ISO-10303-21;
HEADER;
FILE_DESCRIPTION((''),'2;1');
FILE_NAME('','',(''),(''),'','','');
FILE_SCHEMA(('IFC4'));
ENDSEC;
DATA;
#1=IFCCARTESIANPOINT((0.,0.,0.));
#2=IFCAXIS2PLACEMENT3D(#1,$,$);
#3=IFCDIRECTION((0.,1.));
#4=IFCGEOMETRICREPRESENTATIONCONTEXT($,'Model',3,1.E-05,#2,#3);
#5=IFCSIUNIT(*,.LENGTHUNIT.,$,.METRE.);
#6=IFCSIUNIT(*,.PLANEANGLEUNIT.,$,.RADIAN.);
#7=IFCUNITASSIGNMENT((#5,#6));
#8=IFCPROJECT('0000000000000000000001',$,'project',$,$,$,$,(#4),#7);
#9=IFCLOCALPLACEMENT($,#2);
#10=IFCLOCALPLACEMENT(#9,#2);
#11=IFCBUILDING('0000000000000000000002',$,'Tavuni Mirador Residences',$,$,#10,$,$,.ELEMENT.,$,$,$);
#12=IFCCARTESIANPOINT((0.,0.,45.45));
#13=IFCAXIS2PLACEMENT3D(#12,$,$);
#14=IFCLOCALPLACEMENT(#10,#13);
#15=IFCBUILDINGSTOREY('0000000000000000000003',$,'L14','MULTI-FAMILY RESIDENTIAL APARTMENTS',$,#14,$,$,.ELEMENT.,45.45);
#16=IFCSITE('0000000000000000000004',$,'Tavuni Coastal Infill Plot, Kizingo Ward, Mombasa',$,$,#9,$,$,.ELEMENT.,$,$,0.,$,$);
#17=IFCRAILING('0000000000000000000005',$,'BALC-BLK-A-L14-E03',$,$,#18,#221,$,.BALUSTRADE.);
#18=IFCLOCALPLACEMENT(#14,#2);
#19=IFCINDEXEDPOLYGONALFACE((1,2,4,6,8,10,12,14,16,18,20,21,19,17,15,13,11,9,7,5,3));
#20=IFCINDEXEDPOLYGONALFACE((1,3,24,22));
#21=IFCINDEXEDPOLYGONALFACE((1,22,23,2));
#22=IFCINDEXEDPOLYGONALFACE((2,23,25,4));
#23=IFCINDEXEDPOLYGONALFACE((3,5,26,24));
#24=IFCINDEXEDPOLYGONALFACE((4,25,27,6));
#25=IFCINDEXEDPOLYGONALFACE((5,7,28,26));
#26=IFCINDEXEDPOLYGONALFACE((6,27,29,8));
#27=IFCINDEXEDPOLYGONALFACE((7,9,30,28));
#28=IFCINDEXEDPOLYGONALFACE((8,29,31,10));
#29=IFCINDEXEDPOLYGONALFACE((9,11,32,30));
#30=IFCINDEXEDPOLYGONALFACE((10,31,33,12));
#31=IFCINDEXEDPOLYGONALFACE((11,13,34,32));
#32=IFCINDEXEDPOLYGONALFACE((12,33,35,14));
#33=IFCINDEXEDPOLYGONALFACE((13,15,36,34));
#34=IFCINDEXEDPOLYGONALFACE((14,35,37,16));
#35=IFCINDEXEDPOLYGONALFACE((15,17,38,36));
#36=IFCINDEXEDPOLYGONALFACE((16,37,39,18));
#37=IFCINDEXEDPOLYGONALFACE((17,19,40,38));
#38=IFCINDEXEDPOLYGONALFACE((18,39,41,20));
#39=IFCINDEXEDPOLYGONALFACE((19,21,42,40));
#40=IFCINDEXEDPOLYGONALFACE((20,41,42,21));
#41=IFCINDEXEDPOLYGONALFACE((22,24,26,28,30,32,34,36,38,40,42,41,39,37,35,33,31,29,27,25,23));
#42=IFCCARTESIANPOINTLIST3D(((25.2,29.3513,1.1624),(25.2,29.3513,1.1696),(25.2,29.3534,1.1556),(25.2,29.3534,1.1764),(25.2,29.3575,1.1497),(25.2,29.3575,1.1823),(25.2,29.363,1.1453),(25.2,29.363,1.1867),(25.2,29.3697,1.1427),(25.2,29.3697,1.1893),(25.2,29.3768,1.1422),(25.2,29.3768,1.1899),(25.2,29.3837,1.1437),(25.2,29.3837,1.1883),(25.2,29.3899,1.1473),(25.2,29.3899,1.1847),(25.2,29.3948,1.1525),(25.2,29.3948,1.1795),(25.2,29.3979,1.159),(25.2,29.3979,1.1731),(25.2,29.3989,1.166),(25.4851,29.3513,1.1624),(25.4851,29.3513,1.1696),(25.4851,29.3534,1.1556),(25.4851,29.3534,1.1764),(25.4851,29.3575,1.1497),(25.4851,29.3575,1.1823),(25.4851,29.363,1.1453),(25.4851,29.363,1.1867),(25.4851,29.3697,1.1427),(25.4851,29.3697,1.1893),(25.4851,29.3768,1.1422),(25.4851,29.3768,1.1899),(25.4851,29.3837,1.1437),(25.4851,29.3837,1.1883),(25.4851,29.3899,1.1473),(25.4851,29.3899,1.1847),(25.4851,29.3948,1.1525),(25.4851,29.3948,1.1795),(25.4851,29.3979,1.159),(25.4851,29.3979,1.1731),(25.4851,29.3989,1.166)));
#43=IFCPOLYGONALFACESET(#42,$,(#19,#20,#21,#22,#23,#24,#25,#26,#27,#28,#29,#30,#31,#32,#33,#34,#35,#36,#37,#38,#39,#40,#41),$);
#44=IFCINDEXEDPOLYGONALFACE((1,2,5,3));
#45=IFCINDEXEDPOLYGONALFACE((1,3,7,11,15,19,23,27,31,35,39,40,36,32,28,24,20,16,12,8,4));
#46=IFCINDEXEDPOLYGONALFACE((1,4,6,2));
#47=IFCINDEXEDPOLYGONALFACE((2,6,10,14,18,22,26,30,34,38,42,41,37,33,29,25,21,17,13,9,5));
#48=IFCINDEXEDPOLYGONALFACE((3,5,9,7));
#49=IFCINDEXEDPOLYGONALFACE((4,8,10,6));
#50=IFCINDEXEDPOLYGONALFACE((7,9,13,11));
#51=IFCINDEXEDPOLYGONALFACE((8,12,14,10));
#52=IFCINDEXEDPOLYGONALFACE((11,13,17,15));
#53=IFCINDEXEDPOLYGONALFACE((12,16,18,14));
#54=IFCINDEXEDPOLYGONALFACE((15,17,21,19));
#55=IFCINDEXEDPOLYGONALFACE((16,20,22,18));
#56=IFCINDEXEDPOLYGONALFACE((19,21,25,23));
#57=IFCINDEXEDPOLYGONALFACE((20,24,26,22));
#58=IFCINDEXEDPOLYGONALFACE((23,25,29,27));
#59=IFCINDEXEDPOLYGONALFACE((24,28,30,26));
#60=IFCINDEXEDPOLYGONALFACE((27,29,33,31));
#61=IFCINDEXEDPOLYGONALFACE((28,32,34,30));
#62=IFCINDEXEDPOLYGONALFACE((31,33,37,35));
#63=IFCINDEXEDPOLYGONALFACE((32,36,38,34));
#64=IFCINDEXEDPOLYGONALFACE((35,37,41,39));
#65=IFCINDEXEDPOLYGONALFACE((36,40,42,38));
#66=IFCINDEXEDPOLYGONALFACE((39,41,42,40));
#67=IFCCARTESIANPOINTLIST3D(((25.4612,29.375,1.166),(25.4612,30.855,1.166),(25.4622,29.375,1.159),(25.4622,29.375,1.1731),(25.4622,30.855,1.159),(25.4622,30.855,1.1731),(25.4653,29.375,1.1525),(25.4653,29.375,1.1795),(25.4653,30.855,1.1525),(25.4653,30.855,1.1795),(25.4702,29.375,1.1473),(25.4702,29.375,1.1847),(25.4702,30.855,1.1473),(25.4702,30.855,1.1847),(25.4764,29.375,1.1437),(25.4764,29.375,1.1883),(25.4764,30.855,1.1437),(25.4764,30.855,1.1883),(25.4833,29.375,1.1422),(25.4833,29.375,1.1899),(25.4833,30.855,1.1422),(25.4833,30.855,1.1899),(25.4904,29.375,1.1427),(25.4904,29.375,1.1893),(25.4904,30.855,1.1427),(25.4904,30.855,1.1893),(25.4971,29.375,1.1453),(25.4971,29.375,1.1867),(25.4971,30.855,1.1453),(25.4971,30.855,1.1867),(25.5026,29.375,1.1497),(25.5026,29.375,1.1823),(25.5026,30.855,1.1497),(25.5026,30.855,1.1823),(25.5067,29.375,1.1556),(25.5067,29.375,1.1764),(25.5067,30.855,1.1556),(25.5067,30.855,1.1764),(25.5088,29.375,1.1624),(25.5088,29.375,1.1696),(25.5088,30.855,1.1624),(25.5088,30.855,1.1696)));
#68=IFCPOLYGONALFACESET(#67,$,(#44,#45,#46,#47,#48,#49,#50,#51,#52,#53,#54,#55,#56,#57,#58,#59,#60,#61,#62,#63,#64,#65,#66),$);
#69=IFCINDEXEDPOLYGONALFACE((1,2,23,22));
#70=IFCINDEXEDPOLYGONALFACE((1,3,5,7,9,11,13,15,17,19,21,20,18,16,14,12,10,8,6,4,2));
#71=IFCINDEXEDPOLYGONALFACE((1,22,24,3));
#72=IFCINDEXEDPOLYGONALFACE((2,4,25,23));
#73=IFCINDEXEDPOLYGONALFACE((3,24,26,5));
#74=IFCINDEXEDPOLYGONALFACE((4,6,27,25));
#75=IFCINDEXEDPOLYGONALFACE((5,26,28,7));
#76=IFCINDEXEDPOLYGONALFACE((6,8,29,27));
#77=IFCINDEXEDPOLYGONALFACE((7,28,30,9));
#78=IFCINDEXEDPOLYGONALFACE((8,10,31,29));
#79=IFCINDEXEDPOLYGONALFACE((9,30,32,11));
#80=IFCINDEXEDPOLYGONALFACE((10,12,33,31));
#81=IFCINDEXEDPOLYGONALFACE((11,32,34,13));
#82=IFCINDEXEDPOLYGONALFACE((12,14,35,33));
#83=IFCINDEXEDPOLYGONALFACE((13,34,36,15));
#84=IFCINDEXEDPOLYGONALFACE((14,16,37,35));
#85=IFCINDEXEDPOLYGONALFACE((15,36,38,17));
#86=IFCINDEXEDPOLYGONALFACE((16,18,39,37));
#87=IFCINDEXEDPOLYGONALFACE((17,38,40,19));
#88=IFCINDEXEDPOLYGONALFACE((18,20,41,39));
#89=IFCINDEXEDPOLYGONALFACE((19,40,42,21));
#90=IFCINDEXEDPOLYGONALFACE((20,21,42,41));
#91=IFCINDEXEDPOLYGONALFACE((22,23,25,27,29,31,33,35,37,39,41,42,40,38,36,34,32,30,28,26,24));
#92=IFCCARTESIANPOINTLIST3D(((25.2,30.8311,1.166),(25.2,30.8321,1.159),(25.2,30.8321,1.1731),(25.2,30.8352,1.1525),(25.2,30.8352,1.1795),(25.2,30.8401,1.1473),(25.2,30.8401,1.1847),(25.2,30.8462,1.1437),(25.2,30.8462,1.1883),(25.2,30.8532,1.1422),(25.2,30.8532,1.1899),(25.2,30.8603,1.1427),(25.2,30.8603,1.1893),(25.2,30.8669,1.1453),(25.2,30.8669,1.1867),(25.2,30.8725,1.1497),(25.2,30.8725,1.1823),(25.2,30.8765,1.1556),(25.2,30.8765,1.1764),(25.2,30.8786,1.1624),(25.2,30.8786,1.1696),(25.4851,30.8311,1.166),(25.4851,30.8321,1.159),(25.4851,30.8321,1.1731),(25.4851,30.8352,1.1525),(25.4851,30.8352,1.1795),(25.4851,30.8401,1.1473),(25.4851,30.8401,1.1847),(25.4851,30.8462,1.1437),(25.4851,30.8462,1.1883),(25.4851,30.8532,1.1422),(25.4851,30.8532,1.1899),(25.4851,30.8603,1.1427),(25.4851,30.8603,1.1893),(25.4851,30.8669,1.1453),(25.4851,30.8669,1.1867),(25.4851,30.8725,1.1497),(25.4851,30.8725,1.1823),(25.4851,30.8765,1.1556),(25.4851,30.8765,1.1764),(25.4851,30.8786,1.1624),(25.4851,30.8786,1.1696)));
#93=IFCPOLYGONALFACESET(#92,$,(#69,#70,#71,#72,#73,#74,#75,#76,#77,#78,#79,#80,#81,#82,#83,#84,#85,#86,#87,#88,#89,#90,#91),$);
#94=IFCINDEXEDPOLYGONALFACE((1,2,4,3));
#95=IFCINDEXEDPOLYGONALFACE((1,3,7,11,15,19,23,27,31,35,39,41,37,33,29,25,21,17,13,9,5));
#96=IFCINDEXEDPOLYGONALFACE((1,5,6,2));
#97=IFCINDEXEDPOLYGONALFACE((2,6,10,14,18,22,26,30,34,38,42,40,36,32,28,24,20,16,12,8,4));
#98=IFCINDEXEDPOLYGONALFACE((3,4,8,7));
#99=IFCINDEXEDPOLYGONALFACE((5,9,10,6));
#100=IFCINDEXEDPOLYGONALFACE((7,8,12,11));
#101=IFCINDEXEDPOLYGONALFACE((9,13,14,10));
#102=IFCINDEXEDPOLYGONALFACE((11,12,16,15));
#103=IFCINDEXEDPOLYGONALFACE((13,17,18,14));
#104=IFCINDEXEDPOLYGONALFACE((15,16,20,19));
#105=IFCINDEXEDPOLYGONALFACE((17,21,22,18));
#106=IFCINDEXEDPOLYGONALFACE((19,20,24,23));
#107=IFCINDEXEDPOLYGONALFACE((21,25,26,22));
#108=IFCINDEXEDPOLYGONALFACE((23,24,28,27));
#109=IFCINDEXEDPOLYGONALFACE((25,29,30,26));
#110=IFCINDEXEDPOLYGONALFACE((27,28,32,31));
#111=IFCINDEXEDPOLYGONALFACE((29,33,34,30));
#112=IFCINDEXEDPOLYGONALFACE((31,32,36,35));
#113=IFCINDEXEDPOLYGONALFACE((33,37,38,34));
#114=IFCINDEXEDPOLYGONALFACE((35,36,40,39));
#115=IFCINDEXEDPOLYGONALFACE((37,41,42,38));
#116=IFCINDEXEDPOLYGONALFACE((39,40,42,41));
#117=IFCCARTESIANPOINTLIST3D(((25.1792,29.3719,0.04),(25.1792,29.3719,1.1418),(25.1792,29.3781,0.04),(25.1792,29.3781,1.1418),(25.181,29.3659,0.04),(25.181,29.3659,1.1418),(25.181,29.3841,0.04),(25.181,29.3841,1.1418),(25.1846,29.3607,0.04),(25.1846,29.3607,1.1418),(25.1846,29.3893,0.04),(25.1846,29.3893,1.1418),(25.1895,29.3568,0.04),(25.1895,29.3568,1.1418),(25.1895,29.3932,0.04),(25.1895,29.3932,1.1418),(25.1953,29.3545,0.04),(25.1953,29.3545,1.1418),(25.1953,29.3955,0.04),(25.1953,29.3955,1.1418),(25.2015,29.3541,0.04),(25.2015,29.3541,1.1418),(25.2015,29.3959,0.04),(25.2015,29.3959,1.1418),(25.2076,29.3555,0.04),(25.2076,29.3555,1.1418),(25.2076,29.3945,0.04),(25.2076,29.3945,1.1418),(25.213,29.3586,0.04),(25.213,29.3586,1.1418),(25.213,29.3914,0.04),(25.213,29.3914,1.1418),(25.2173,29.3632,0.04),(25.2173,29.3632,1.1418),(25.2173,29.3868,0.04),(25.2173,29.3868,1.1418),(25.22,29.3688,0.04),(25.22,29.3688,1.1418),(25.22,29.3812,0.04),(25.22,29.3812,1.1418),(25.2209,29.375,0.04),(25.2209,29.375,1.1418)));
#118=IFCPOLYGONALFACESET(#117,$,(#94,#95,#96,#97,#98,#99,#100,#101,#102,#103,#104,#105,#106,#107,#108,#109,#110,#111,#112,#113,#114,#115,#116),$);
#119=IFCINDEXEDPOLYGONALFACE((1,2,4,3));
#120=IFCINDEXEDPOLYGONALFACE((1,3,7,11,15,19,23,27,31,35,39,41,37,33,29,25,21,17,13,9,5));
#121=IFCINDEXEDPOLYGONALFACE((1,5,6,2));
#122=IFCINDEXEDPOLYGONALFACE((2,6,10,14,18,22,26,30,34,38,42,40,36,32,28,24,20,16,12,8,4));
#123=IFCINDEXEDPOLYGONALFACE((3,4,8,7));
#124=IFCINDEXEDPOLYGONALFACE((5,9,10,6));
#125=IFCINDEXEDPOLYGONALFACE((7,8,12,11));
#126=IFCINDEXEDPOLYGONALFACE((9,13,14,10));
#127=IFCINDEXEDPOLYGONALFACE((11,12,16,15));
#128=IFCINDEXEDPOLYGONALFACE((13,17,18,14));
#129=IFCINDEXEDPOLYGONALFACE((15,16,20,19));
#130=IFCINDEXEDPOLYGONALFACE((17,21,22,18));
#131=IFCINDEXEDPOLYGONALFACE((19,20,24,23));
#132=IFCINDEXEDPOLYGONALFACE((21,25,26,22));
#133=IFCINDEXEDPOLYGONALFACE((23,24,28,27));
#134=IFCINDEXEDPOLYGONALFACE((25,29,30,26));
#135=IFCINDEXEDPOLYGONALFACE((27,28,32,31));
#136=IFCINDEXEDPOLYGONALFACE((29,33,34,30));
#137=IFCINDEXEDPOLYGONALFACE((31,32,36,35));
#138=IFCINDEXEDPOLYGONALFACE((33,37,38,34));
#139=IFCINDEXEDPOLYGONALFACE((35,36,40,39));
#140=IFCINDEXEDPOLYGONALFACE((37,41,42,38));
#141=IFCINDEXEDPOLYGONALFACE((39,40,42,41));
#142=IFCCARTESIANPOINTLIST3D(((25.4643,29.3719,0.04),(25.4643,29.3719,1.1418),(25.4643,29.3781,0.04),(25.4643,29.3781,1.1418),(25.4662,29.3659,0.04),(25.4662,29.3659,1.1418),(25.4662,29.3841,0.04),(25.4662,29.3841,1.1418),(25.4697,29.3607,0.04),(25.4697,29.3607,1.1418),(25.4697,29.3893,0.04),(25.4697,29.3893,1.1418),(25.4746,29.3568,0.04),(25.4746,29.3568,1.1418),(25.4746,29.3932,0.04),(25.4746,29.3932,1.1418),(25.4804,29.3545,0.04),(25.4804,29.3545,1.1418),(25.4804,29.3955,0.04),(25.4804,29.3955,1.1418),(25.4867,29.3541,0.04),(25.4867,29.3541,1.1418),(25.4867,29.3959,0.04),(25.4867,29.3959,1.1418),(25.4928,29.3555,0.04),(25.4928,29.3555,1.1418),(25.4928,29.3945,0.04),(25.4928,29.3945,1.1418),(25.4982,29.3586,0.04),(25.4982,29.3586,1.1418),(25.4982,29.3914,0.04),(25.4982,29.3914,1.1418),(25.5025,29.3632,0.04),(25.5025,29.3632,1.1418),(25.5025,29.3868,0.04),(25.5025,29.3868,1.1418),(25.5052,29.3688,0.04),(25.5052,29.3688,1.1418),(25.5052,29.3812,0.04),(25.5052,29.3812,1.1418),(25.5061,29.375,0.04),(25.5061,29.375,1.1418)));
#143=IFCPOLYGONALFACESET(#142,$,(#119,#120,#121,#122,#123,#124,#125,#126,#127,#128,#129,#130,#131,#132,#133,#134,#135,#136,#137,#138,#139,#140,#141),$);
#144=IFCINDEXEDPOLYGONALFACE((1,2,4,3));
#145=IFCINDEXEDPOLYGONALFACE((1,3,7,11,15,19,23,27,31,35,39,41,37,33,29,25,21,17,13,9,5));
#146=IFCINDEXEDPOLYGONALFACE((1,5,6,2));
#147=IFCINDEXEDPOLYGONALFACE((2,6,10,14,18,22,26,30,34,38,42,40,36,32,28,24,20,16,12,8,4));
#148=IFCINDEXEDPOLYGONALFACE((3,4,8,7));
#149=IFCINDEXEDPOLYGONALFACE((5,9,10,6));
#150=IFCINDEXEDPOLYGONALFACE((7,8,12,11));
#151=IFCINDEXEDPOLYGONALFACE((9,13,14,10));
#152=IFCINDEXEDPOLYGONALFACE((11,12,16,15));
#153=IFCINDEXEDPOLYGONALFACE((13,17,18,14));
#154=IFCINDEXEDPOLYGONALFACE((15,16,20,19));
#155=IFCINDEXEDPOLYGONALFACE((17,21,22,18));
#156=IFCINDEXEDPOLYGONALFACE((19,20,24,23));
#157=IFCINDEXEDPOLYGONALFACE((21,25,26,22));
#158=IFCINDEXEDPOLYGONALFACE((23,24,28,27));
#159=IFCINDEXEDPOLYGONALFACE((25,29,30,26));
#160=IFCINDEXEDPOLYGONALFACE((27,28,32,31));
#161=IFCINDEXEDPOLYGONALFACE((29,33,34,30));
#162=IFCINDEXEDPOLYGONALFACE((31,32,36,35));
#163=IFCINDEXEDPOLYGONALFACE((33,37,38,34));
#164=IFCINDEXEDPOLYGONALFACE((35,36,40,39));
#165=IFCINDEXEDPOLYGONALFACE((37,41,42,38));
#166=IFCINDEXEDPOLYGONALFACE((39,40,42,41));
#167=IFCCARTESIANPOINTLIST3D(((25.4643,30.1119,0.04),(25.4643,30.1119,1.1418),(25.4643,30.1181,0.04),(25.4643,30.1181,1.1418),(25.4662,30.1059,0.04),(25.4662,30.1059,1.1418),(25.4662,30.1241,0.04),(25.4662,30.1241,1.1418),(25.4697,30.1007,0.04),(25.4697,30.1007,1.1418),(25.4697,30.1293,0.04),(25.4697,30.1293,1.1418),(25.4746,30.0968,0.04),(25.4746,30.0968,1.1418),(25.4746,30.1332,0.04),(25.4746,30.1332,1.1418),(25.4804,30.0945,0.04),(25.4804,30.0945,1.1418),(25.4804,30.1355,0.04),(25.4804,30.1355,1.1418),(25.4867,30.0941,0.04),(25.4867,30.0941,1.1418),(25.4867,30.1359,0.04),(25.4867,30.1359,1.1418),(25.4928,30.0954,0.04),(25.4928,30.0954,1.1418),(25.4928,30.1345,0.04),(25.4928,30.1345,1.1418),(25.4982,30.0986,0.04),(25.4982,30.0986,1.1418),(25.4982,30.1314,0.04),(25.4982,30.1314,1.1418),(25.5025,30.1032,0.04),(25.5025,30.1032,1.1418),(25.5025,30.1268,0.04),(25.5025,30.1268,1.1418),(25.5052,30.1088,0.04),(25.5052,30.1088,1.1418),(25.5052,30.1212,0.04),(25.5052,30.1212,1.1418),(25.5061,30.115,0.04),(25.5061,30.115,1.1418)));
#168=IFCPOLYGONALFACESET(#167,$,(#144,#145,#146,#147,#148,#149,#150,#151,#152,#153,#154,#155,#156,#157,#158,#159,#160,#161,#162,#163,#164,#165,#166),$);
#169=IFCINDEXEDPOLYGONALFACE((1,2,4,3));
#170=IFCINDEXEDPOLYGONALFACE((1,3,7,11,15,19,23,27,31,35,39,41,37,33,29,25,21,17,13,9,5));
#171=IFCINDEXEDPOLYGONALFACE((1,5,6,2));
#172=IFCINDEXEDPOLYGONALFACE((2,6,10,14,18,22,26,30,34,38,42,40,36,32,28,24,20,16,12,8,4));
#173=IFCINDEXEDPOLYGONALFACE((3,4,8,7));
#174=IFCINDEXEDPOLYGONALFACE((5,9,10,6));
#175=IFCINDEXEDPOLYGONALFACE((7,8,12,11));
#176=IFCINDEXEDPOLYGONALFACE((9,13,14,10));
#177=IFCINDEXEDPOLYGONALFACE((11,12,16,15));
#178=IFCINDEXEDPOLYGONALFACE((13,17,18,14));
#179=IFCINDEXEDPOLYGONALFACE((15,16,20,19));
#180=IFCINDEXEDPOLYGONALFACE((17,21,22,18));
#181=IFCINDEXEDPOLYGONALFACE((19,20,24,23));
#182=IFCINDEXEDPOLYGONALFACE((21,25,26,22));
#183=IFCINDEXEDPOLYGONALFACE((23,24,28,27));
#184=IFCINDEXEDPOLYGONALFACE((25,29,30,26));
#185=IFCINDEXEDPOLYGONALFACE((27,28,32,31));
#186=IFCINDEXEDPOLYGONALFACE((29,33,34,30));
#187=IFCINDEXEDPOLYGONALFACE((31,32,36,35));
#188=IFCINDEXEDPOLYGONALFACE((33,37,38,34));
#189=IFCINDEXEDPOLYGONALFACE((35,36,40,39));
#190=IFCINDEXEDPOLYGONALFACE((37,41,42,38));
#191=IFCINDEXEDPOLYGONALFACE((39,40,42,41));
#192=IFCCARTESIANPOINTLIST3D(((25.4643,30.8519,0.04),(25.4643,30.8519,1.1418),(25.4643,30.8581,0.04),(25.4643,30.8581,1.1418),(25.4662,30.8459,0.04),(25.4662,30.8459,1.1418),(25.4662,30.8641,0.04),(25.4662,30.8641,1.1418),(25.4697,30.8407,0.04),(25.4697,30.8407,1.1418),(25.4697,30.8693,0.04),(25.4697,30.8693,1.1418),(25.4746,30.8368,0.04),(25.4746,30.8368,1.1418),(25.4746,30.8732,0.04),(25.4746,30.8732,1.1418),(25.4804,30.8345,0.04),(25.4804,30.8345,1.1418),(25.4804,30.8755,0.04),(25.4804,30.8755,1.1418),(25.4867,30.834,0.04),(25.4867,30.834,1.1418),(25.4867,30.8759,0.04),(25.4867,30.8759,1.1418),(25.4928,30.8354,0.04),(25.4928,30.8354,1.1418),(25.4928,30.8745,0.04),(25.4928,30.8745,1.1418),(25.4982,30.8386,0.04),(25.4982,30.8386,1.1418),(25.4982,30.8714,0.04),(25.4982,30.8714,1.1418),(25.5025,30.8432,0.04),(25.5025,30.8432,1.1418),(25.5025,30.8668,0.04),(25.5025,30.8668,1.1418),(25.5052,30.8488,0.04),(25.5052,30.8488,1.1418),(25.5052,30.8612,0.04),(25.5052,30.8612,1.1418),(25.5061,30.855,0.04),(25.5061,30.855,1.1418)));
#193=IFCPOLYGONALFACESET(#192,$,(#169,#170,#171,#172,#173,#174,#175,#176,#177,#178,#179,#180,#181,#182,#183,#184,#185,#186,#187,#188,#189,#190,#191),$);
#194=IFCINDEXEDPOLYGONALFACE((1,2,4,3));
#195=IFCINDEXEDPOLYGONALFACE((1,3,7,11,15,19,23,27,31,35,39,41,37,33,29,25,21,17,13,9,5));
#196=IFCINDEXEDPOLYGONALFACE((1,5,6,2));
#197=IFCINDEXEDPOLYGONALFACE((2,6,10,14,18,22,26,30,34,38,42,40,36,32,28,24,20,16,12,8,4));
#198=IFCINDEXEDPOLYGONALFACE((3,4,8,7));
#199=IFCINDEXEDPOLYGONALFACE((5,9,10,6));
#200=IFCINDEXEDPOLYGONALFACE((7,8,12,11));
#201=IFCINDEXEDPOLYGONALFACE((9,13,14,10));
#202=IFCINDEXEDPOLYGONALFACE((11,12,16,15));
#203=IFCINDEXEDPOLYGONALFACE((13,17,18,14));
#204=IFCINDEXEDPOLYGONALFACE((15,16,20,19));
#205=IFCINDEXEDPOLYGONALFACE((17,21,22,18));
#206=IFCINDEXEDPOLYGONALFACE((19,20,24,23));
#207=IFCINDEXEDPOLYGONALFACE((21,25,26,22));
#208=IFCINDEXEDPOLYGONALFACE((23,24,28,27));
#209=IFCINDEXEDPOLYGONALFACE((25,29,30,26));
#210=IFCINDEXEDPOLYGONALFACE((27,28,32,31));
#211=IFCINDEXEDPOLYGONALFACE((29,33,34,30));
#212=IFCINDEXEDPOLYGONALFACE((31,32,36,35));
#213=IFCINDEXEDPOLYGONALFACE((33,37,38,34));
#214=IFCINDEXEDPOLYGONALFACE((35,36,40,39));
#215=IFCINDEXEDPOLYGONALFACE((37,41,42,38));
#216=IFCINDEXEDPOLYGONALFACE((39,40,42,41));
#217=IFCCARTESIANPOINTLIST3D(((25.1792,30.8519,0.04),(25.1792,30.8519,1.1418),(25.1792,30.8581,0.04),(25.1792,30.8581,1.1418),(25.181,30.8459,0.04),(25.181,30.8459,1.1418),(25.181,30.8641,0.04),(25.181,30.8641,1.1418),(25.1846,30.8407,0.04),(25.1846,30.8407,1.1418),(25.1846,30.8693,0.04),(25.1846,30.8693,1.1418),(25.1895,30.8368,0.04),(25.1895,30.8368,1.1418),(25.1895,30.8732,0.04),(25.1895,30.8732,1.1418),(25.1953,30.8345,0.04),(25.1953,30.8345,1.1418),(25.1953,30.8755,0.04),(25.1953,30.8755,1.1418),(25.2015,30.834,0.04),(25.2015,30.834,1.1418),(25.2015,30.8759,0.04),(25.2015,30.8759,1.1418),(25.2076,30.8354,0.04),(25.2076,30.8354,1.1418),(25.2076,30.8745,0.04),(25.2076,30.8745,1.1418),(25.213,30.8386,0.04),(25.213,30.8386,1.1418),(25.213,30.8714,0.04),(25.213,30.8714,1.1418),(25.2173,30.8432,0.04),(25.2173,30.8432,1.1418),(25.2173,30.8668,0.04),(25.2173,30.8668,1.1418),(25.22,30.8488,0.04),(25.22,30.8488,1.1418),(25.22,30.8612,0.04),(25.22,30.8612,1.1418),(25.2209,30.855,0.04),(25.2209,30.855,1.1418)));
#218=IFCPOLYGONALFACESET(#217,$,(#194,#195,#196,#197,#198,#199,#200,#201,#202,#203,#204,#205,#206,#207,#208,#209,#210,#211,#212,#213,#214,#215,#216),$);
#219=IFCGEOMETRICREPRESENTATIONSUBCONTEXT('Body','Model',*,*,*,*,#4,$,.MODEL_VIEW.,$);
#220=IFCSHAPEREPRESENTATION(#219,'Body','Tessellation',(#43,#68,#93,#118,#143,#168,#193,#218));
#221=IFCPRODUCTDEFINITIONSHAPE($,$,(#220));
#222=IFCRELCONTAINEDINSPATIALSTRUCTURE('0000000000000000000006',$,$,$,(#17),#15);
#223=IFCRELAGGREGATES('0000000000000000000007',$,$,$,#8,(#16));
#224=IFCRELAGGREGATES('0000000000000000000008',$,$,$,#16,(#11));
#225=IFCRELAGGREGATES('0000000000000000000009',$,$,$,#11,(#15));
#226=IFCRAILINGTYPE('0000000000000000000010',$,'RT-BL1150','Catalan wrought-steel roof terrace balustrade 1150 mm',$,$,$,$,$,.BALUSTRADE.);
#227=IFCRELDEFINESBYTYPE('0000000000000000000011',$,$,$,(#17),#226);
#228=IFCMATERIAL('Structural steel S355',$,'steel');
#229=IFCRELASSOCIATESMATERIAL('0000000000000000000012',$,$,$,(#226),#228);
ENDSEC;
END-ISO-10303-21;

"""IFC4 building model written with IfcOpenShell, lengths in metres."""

from ifc_helpers import new_model, si_unit, direction, frame, origin, origin_2d, place, context, subcontext, project, spatial, circle, extrude, material, type_object, element, save


model = new_model("IFC4")

# Units and contexts
model_context = context("Model", 3, precision=1e-05, world=origin(), true_north=direction((0.0, 1.0)))
body_context = subcontext(model_context, "Body", "Model", "MODEL_VIEW")
ifc_project = project(units=[si_unit("LENGTHUNIT", "METRE"), si_unit("PLANEANGLEUNIT", "RADIAN")], contexts=[model_context])

# Site, building, storey
site_placement = place(None, origin())
site = spatial("IfcSite", under=ifc_project, at=site_placement, Name="Tavuni Coastal Infill Plot, Kizingo Ward, Mombasa", CompositionType="ELEMENT", RefElevation=0.0)
building_placement = place(site_placement, origin())
building = spatial("IfcBuilding", under=site, at=building_placement, Name="Tavuni Mirador Residences", CompositionType="ELEMENT")
storey_placement = place(building_placement, frame((0.0, 0.0, 45.45)))
storey = spatial("IfcBuildingStorey", under=building, at=storey_placement, Name="L14", Description="MULTI-FAMILY RESIDENTIAL APARTMENTS", CompositionType="ELEMENT", Elevation=45.45)

# Railing
ifc_material_1 = material(Name="Structural steel S355", Category="steel")
railing_type = type_object("IfcRailingType", Name="RT-BL1150", Description="Catalan wrought-steel roof terrace balustrade 1150 mm", PredefinedType="BALUSTRADE", material=ifc_material_1)
railing_placement = place(storey_placement, frame((25.2, 29.375, 0.04)))
element("IfcRailing", 1, at=railing_placement, inside=storey, type_object=railing_type, Name="BALC-BLK-A-L14-E03", PredefinedType="BALUSTRADE", context=body_context, shape_type="SweptSolid", body=[
    extrude(circle(Radius=0.0239, at=origin_2d()), frame((0.0, 0.0, 1.126), z_axis=(1.0, 0.0, 0.0), x_axis=(0.0, 1.0, 0.0)), (0.0, 0.0, 1.0), 0.2852),
    extrude(circle(Radius=0.0239, at=origin_2d()), frame((0.2852, 0.0, 1.126), z_axis=(0.0, 1.0, 0.0), x_axis=(-1.0, 0.0, 0.0)), (0.0, 0.0, 1.0), 1.48),
    extrude(circle(Radius=0.0239, at=origin_2d()), frame((0.2852, 1.48, 1.126), z_axis=(-1.0, 0.0, 0.0), x_axis=(0.0, -1.0, 0.0)), (0.0, 0.0, 1.0), 0.2852),
    extrude(circle(Radius=0.021, at=origin_2d()), origin(), (0.0, 0.0, 1.0), 1.1018),
    extrude(circle(Radius=0.021, at=origin_2d()), frame((0.2852, 0.0, 0.0)), (0.0, 0.0, 1.0), 1.1018),
    extrude(circle(Radius=0.021, at=origin_2d()), frame((0.2852, 0.74, 0.0)), (0.0, 0.0, 1.0), 1.1018),
    extrude(circle(Radius=0.021, at=origin_2d()), frame((0.2852, 1.48, 0.0)), (0.0, 0.0, 1.0), 1.1018),
    extrude(circle(Radius=0.021, at=origin_2d()), frame((0.0, 1.48, 0.0)), (0.0, 0.0, 1.0), 1.1018),
])

save(model, "model.ifc")
